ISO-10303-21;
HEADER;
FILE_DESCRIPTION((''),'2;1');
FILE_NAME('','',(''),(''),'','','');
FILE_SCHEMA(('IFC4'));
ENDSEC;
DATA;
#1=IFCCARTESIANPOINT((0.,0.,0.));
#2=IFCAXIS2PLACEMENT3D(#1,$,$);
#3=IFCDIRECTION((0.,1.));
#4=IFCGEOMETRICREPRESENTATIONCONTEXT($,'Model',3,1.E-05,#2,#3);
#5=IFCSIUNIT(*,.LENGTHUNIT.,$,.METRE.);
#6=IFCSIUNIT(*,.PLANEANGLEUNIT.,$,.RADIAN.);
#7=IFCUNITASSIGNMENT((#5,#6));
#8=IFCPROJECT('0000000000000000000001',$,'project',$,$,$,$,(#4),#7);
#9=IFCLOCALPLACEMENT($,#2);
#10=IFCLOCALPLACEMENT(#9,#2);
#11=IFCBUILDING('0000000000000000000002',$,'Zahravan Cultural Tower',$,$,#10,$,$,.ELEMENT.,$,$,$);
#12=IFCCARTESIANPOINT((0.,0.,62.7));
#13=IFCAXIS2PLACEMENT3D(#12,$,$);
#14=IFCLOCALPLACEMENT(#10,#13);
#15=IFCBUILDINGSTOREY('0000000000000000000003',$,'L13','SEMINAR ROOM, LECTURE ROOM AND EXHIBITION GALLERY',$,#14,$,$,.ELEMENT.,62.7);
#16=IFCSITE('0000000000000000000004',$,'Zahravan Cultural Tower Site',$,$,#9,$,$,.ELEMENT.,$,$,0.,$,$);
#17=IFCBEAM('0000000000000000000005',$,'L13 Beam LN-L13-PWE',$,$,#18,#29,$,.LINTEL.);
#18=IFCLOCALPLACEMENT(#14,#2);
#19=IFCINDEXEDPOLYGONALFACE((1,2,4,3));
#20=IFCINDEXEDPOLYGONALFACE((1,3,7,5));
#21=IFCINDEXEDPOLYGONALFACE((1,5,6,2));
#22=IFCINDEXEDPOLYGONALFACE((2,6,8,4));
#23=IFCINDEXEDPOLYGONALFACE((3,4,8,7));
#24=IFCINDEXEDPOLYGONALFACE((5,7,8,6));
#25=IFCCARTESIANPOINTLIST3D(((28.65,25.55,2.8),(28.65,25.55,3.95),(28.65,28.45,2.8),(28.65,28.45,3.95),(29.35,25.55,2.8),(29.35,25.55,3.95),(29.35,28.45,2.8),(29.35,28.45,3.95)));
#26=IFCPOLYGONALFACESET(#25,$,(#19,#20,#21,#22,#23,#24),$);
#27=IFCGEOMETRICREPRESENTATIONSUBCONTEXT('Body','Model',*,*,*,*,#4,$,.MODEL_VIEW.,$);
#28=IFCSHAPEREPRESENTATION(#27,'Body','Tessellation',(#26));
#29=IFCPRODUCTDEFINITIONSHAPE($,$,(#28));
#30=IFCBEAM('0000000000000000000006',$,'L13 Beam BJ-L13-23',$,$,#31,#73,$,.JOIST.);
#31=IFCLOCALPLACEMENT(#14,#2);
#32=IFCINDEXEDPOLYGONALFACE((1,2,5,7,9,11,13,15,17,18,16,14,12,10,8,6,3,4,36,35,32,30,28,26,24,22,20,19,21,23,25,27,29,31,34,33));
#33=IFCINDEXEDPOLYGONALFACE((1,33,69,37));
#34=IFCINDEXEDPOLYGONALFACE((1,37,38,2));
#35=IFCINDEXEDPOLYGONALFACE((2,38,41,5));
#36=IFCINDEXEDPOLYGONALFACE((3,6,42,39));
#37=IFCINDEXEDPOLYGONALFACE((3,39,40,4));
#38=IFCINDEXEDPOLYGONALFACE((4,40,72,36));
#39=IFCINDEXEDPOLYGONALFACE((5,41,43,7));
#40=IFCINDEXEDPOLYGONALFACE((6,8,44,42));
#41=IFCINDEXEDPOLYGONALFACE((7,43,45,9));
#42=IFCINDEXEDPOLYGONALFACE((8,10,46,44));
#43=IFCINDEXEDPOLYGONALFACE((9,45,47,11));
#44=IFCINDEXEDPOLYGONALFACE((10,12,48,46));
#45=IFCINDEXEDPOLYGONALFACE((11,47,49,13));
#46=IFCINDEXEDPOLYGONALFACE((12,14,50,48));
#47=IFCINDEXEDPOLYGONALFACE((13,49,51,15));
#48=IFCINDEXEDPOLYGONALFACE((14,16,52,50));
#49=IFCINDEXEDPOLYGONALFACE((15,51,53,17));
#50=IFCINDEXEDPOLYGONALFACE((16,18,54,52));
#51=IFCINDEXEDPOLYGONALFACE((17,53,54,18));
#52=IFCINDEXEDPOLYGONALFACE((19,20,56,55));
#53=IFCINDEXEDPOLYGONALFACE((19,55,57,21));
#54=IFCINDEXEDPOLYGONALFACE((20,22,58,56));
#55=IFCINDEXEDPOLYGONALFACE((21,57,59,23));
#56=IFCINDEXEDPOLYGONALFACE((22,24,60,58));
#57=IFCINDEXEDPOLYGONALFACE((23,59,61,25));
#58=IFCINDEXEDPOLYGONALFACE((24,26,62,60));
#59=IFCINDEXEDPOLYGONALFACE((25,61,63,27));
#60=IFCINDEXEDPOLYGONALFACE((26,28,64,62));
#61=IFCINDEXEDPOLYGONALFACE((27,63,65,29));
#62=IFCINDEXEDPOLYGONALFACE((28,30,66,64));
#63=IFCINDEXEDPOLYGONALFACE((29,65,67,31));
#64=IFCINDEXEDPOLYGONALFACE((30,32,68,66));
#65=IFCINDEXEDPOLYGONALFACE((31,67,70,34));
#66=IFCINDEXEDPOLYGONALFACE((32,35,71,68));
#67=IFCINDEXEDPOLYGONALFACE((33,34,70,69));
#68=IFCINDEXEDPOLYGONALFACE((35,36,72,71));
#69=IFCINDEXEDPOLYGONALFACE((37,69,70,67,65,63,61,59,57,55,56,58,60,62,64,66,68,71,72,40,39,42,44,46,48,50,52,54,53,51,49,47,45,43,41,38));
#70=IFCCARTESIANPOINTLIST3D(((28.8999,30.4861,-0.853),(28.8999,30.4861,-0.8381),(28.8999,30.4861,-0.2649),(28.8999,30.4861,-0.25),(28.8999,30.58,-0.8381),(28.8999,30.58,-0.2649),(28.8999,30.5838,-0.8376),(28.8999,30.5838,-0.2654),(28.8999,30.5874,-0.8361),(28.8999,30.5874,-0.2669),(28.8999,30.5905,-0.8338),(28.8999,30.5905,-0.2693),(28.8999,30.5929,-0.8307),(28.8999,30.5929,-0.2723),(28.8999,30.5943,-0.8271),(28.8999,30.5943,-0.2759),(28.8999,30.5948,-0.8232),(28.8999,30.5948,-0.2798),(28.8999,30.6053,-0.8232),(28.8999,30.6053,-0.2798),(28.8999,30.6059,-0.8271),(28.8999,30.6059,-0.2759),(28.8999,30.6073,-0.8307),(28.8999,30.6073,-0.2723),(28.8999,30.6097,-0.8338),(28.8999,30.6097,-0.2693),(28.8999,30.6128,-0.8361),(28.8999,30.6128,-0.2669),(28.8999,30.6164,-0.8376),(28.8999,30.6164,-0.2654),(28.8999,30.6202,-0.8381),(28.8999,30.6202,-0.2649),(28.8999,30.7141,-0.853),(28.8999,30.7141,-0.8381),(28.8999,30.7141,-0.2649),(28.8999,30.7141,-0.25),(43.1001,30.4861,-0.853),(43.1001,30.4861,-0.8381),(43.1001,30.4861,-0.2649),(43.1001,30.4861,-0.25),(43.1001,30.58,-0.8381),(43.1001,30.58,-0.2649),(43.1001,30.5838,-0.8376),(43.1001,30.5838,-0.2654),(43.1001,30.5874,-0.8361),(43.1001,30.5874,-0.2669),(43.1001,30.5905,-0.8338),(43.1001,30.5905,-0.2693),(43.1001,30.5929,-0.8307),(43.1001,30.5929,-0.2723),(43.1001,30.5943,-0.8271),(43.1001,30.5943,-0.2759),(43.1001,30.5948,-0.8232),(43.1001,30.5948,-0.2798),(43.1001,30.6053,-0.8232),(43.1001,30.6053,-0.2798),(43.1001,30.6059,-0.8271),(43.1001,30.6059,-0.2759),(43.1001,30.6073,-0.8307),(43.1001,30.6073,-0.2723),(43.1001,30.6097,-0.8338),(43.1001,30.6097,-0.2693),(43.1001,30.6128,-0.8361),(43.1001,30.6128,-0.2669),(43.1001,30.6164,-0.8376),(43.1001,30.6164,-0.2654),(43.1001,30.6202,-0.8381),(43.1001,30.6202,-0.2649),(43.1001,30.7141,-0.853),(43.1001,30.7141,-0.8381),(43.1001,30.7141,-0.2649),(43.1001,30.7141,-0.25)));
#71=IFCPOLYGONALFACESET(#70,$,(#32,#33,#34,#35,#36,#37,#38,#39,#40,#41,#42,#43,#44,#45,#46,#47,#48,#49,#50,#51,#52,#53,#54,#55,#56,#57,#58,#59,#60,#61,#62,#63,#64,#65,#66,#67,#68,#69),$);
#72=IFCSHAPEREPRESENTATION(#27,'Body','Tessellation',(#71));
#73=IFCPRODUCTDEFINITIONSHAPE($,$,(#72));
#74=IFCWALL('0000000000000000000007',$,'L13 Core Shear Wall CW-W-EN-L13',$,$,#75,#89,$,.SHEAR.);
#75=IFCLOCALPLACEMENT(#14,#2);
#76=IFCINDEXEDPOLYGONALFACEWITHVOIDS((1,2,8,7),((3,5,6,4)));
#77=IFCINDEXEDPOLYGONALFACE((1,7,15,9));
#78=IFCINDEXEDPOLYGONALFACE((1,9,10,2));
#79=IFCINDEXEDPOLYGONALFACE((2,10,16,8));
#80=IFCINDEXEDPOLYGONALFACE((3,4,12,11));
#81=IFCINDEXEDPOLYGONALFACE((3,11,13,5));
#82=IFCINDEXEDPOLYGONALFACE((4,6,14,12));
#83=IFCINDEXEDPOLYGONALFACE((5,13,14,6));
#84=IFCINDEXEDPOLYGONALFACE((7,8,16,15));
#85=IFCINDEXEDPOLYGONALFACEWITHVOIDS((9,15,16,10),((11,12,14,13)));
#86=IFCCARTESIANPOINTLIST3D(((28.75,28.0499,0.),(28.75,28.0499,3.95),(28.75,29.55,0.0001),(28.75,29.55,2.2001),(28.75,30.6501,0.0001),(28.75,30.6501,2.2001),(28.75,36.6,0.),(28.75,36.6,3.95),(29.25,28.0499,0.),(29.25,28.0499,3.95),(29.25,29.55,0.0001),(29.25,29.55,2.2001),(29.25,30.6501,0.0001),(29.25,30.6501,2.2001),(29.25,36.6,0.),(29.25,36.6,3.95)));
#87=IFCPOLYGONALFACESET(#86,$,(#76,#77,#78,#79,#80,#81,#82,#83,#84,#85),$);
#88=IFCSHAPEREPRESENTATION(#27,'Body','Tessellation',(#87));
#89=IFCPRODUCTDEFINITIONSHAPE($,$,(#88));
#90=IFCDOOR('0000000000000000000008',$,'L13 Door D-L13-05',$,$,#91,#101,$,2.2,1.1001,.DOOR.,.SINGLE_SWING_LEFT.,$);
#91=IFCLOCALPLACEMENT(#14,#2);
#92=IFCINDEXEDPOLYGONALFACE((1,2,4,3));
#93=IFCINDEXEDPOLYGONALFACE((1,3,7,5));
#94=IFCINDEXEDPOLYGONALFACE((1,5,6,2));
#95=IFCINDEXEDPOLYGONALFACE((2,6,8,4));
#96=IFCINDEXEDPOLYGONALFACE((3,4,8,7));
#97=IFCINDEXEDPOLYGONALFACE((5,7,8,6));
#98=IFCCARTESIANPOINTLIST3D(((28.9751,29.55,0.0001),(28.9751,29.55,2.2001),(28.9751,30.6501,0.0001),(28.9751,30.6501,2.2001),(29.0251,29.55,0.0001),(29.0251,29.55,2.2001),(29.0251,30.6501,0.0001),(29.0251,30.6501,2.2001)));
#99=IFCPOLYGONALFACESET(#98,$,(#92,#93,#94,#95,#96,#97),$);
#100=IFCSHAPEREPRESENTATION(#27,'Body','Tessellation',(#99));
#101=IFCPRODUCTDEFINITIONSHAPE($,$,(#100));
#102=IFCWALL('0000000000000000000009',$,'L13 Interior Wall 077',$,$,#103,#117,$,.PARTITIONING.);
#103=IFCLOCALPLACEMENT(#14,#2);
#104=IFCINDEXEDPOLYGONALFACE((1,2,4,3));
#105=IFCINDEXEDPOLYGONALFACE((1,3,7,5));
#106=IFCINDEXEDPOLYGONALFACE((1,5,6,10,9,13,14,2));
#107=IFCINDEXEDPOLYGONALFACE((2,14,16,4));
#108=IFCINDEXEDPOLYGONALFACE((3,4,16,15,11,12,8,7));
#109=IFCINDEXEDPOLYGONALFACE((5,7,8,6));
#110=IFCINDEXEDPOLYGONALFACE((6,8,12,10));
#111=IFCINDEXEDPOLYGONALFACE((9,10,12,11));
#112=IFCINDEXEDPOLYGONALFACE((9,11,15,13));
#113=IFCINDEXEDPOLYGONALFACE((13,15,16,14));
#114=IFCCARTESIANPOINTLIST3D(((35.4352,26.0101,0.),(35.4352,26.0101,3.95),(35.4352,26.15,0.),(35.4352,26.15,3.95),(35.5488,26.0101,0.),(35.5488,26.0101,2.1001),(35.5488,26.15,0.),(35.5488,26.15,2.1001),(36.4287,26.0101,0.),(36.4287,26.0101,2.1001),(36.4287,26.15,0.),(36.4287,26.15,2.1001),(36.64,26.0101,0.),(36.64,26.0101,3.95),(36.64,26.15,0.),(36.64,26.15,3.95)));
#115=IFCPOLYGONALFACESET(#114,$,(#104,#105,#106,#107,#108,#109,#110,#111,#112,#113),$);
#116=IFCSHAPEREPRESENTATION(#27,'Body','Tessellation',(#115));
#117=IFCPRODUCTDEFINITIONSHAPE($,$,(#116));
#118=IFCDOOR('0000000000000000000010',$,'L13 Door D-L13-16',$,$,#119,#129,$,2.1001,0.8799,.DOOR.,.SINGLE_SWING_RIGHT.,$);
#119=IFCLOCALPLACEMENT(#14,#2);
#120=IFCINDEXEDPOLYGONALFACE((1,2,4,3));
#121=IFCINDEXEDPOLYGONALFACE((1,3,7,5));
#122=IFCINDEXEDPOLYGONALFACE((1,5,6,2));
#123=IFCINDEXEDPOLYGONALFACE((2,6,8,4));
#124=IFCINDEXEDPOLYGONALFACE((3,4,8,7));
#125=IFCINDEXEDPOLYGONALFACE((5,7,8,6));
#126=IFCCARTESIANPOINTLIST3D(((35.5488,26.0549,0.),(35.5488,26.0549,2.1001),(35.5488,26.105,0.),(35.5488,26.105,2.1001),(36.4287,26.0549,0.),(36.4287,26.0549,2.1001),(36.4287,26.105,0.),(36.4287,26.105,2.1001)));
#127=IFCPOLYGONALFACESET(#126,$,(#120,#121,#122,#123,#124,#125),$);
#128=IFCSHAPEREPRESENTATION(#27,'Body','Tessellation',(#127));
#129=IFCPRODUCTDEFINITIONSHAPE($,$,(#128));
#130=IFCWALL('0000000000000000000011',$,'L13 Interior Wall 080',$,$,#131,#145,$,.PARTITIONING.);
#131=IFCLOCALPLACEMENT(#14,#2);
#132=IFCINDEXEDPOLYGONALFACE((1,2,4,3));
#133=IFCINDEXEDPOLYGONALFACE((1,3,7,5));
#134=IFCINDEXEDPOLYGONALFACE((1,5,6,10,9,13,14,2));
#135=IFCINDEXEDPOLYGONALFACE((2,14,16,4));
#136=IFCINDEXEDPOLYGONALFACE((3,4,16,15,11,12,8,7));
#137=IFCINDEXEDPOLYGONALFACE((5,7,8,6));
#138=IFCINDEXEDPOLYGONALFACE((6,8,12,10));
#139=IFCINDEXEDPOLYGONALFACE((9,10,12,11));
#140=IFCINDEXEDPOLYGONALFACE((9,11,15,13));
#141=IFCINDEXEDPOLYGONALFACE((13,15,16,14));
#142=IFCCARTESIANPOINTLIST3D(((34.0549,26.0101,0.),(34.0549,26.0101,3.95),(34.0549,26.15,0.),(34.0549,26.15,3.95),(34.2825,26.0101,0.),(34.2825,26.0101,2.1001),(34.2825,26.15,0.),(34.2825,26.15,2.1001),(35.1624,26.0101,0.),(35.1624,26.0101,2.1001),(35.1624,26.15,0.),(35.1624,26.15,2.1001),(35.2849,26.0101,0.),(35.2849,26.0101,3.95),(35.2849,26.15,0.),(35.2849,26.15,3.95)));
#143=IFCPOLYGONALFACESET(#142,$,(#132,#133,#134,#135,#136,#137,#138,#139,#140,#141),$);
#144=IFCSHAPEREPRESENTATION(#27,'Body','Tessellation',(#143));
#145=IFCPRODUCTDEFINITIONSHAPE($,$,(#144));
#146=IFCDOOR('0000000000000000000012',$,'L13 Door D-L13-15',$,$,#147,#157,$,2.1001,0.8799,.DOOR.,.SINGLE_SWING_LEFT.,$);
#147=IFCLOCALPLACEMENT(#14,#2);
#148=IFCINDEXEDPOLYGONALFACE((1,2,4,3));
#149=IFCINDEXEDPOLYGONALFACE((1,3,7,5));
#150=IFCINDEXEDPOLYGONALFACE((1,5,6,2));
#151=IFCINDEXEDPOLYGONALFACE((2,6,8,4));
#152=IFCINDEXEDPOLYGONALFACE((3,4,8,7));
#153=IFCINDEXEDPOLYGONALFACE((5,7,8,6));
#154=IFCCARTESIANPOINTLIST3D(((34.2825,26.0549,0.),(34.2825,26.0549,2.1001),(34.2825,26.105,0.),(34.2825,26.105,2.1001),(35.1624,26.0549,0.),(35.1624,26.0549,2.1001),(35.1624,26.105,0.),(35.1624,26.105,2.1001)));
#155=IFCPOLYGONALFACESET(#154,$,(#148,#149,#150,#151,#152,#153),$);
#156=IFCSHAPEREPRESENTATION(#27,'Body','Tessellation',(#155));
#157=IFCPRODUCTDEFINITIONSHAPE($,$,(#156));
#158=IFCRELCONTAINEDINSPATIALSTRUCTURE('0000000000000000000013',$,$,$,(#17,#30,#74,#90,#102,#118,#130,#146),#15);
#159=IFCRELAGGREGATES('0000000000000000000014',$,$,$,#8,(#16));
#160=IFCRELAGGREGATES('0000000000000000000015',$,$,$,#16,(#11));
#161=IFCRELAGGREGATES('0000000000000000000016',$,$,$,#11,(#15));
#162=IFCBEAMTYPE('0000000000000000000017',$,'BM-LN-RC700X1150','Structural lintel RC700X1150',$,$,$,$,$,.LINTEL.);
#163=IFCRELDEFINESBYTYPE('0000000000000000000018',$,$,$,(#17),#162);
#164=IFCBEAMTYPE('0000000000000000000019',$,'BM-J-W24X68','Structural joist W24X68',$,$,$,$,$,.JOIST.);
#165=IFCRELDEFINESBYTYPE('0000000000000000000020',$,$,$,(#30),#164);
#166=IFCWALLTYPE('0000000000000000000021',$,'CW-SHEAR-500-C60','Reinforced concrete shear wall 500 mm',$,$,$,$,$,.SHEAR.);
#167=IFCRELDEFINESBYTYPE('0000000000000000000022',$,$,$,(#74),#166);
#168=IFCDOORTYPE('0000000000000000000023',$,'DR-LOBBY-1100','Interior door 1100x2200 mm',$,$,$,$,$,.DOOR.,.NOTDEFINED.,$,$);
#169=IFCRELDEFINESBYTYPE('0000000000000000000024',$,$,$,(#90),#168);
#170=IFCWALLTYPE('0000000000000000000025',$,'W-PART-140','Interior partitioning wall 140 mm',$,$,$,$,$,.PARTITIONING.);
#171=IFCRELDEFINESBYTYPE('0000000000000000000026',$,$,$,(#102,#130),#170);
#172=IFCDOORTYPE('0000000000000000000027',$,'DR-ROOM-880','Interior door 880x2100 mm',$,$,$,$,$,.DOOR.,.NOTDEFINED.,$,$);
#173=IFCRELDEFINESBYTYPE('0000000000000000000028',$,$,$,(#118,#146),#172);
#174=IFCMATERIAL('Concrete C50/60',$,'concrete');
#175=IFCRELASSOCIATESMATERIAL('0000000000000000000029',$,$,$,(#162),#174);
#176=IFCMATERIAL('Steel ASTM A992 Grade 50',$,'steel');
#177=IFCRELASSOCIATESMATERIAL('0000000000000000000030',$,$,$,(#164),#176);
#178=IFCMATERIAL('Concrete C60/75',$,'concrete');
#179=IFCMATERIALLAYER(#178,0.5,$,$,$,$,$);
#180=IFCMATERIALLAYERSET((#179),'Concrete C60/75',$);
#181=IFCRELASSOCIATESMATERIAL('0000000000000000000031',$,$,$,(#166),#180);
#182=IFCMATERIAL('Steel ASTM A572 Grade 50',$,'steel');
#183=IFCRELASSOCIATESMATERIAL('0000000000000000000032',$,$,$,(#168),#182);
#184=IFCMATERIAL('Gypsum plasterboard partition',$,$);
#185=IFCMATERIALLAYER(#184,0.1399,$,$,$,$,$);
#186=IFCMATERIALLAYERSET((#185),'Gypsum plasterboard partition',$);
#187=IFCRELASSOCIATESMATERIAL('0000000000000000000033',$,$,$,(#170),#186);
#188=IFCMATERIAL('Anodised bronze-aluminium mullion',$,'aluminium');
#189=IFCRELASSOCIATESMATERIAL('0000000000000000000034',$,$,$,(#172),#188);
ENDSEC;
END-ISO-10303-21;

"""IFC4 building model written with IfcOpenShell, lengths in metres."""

from ifc_helpers import new_model, si_unit, direction, frame, frame_2d, origin, origin_2d, place, context, subcontext, project, spatial, rectangle, i_section, extrude, source, transform, mapped, material, layer, layer_set, material_profile, profile_set, type_object, element, fill, save


model = new_model("IFC4")

# Units and contexts
model_context = context("Model", 3, precision=1e-05, world=origin(), true_north=direction((0.0, 1.0)))
body_context = subcontext(model_context, "Body", "Model", "MODEL_VIEW")
ifc_project = project(units=[si_unit("LENGTHUNIT", "METRE"), si_unit("PLANEANGLEUNIT", "RADIAN")], contexts=[model_context])

# Site, building, storey
site_placement = place(None, origin())
site = spatial("IfcSite", under=ifc_project, at=site_placement, Name="Zahravan Cultural Tower Site", CompositionType="ELEMENT", RefElevation=0.0)
building_placement = place(site_placement, origin())
building = spatial("IfcBuilding", under=site, at=building_placement, Name="Zahravan Cultural Tower", CompositionType="ELEMENT")
storey_placement = place(building_placement, frame((0.0, 0.0, 62.7)))
storey = spatial("IfcBuildingStorey", under=building, at=storey_placement, Name="L13", Description="SEMINAR ROOM, LECTURE ROOM AND EXHIBITION GALLERY", CompositionType="ELEMENT", Elevation=62.7)

# Beams
ifc_material_1 = material(Name="Concrete C50/60", Category="concrete")
ifc_material_profile_1 = material_profile(ifc_material_1, rectangle(XDim=0.7, YDim=1.1499, at=origin_2d()), Name="RC700X1150")
ifc_profile_set_1 = profile_set([ifc_material_profile_1], Name="Concrete C50/60")
beam_type_1 = type_object("IfcBeamType", Name="BM-LN-RC700X1150", Description="Structural lintel RC700X1150", PredefinedType="LINTEL", material=ifc_profile_set_1)
shared_shape_1 = source(origin(), body_context, "Body", "SweptSolid", [
    extrude(rectangle(XDim=0.7, YDim=1.1499, at=origin_2d()), origin(), (0.0, 0.0, 1.0), 2.8999),
])
beam_1_placement = place(storey_placement, frame((29.0, 25.55, 3.375), z_axis=(0.0, 1.0, 0.0), x_axis=(-1.0, 0.0, 0.0)))
element("IfcBeam", 1, at=beam_1_placement, inside=storey, type_object=beam_type_1, Name="L13 Beam LN-L13-PWE", PredefinedType="LINTEL", context=body_context, shape_type="MappedRepresentation", body=[
    mapped(shared_shape_1, transform((0.0, 0.0, 0.0), x_axis=(1.0, 0.0, 0.0), y_axis=(0.0, 1.0, 0.0), z_axis=(0.0, 0.0, 1.0), scale=1.0)),
])
ifc_material_2 = material(Name="Steel ASTM A992 Grade 50", Category="steel")
ifc_material_profile_2 = material_profile(ifc_material_2, i_section(OverallWidth=0.228, OverallDepth=0.603, WebThickness=0.0105, FlangeThickness=0.0149, FilletRadius=0.0149, at=origin_2d()), Name="W24X68")
ifc_profile_set_2 = profile_set([ifc_material_profile_2], Name="Steel ASTM A992 Grade 50")
beam_type_2 = type_object("IfcBeamType", Name="BM-J-W24X68", Description="Structural joist W24X68", PredefinedType="JOIST", material=ifc_profile_set_2)
shared_shape_2 = source(origin(), body_context, "Body", "SweptSolid", [
    extrude(i_section(OverallWidth=0.228, OverallDepth=0.603, WebThickness=0.0105, FlangeThickness=0.0149, FilletRadius=0.0149, at=origin_2d()), origin(), (0.0, 0.0, 1.0), 14.2002),
])
beam_2_placement = place(storey_placement, frame((28.8999, 30.6001, -0.5515), z_axis=(1.0, 0.0, 0.0), x_axis=(0.0, 1.0, 0.0)))
element("IfcBeam", 2, at=beam_2_placement, inside=storey, type_object=beam_type_2, Name="L13 Beam BJ-L13-23", PredefinedType="JOIST", context=body_context, shape_type="MappedRepresentation", body=[
    mapped(shared_shape_2, transform((0.0, 0.0, 0.0), x_axis=(1.0, 0.0, 0.0), y_axis=(0.0, 1.0, 0.0), z_axis=(0.0, 0.0, 1.0), scale=1.0)),
])

# Walls, openings, doors
ifc_material_3 = material(Name="Concrete C60/75", Category="concrete")
ifc_layer_1 = layer(ifc_material_3, 0.5)
ifc_layer_set_1 = layer_set([ifc_layer_1], Name="Concrete C60/75")
wall_type_1 = type_object("IfcWallType", Name="CW-SHEAR-500-C60", Description="Reinforced concrete shear wall 500 mm", PredefinedType="SHEAR", material=ifc_layer_set_1)
wall_1_placement = place(storey_placement, frame((29.0, 28.05, 0.0), z_axis=(0.0, 0.0, 1.0), x_axis=(0.0, 1.0, 0.0)))
wall_1 = element("IfcWall", 3, at=wall_1_placement, inside=storey, type_object=wall_type_1, Name="L13 Core Shear Wall CW-W-EN-L13", PredefinedType="SHEAR", context=body_context, shape_type="SweptSolid", body=[
    extrude(rectangle(XDim=8.55, YDim=0.5, at=frame_2d((4.2749, 0.0))), origin(), (0.0, 0.0, 1.0), 3.95),
])
opening_1_placement = place(wall_1_placement, frame((1.5, 0.0, 0.0)))
opening_1 = element("IfcOpeningElement", 4, at=opening_1_placement, cuts=wall_1, PredefinedType="OPENING", context=body_context, shape_type="SweptSolid", body=[
    extrude(rectangle(XDim=1.1001, YDim=2.2, at=frame_2d((0.55, 1.1001))), frame((0.0, 0.26, 0.0), z_axis=(0.0, -1.0, 0.0), x_axis=(1.0, 0.0, 0.0)), (0.0, 0.0, 1.0), 0.52),
])
ifc_material_4 = material(Name="Steel ASTM A572 Grade 50", Category="steel")
door_type_1 = type_object("IfcDoorType", Name="DR-LOBBY-1100", Description="Interior door 1100x2200 mm", OperationType="NOTDEFINED", PredefinedType="DOOR", material=ifc_material_4)
shared_shape_3 = source(origin(), body_context, "Body", "SweptSolid", [
    extrude(rectangle(XDim=1.1001, YDim=2.2, at=frame_2d((0.55, 1.1001))), frame((0.0, 0.0249, 0.0), z_axis=(0.0, -1.0, 0.0), x_axis=(1.0, 0.0, 0.0)), (0.0, 0.0, 1.0), 0.05),
])
door_1_placement = place(opening_1_placement, origin())
door_1 = element("IfcDoor", 5, at=door_1_placement, inside=storey, type_object=door_type_1, Name="L13 Door D-L13-05", OperationType="SINGLE_SWING_LEFT", OverallHeight=2.2, OverallWidth=1.1001, PredefinedType="DOOR", context=body_context, shape_type="MappedRepresentation", body=[
    mapped(shared_shape_3, transform((0.0, 0.0, 0.0), x_axis=(1.0, 0.0, 0.0), y_axis=(0.0, 1.0, 0.0), z_axis=(0.0, 0.0, 1.0), scale=1.0)),
])
fill(opening_1, door_1)
ifc_material_5 = material(Name="Gypsum plasterboard partition")
ifc_layer_2 = layer(ifc_material_5, 0.1399)
ifc_layer_set_2 = layer_set([ifc_layer_2], Name="Gypsum plasterboard partition")
wall_type_2 = type_object("IfcWallType", Name="W-PART-140", Description="Interior partitioning wall 140 mm", PredefinedType="PARTITIONING", material=ifc_layer_set_2)
wall_2_placement = place(storey_placement, frame((35.4351, 26.0801, 0.0), z_axis=(0.0, 0.0, 1.0), x_axis=(1.0, 0.0, 0.0)))
wall_2 = element("IfcWall", 6, at=wall_2_placement, inside=storey, type_object=wall_type_2, Name="L13 Interior Wall 077", PredefinedType="PARTITIONING", context=body_context, shape_type="SweptSolid", body=[
    extrude(rectangle(XDim=1.2048, YDim=0.1399, at=frame_2d((0.6025, 0.0))), origin(), (0.0, 0.0, 1.0), 3.95),
])
opening_2_placement = place(wall_2_placement, frame((0.1138, 0.0, 0.0)))
opening_2 = element("IfcOpeningElement", 7, at=opening_2_placement, cuts=wall_2, PredefinedType="OPENING", context=body_context, shape_type="SweptSolid", body=[
    extrude(rectangle(XDim=0.8799, YDim=2.1001, at=frame_2d((0.4399, 1.05))), frame((0.0, 0.0798, 0.0), z_axis=(0.0, -1.0, 0.0), x_axis=(1.0, 0.0, 0.0)), (0.0, 0.0, 1.0), 0.1599),
])
ifc_material_6 = material(Name="Anodised bronze-aluminium mullion", Category="aluminium")
door_type_2 = type_object("IfcDoorType", Name="DR-ROOM-880", Description="Interior door 880x2100 mm", OperationType="NOTDEFINED", PredefinedType="DOOR", material=ifc_material_6)
shared_shape_4 = source(origin(), body_context, "Body", "SweptSolid", [
    extrude(rectangle(XDim=0.8799, YDim=2.1001, at=frame_2d((0.4399, 1.05))), frame((0.0, 0.0249, 0.0), z_axis=(0.0, -1.0, 0.0), x_axis=(1.0, 0.0, 0.0)), (0.0, 0.0, 1.0), 0.05),
])
door_2_placement = place(opening_2_placement, origin())
door_2 = element("IfcDoor", 8, at=door_2_placement, inside=storey, type_object=door_type_2, Name="L13 Door D-L13-16", OperationType="SINGLE_SWING_RIGHT", OverallHeight=2.1001, OverallWidth=0.8799, PredefinedType="DOOR", context=body_context, shape_type="MappedRepresentation", body=[
    mapped(shared_shape_4, transform((0.0, 0.0, 0.0), x_axis=(1.0, 0.0, 0.0), y_axis=(0.0, 1.0, 0.0), z_axis=(0.0, 0.0, 1.0), scale=1.0)),
])
fill(opening_2, door_2)
wall_3_placement = place(storey_placement, frame((34.0549, 26.0801, 0.0), z_axis=(0.0, 0.0, 1.0), x_axis=(1.0, 0.0, 0.0)))
wall_3 = element("IfcWall", 9, at=wall_3_placement, inside=storey, type_object=wall_type_2, Name="L13 Interior Wall 080", PredefinedType="PARTITIONING", context=body_context, shape_type="SweptSolid", body=[
    extrude(rectangle(XDim=1.23, YDim=0.1399, at=frame_2d((0.615, 0.0))), origin(), (0.0, 0.0, 1.0), 3.95),
])
opening_3_placement = place(wall_3_placement, frame((0.2275, 0.0, 0.0)))
opening_3 = element("IfcOpeningElement", 10, at=opening_3_placement, cuts=wall_3, PredefinedType="OPENING", context=body_context, shape_type="SweptSolid", body=[
    extrude(rectangle(XDim=0.8799, YDim=2.1001, at=frame_2d((0.4399, 1.05))), frame((0.0, 0.0798, 0.0), z_axis=(0.0, -1.0, 0.0), x_axis=(1.0, 0.0, 0.0)), (0.0, 0.0, 1.0), 0.1599),
])
door_3_placement = place(opening_3_placement, origin())
door_3 = element("IfcDoor", 11, at=door_3_placement, inside=storey, type_object=door_type_2, Name="L13 Door D-L13-15", OperationType="SINGLE_SWING_LEFT", OverallHeight=2.1001, OverallWidth=0.8799, PredefinedType="DOOR", context=body_context, shape_type="MappedRepresentation", body=[
    mapped(shared_shape_4, transform((0.0, 0.0, 0.0), x_axis=(1.0, 0.0, 0.0), y_axis=(0.0, 1.0, 0.0), z_axis=(0.0, 0.0, 1.0), scale=1.0)),
])
fill(opening_3, door_3)

save(model, "model.ifc")
